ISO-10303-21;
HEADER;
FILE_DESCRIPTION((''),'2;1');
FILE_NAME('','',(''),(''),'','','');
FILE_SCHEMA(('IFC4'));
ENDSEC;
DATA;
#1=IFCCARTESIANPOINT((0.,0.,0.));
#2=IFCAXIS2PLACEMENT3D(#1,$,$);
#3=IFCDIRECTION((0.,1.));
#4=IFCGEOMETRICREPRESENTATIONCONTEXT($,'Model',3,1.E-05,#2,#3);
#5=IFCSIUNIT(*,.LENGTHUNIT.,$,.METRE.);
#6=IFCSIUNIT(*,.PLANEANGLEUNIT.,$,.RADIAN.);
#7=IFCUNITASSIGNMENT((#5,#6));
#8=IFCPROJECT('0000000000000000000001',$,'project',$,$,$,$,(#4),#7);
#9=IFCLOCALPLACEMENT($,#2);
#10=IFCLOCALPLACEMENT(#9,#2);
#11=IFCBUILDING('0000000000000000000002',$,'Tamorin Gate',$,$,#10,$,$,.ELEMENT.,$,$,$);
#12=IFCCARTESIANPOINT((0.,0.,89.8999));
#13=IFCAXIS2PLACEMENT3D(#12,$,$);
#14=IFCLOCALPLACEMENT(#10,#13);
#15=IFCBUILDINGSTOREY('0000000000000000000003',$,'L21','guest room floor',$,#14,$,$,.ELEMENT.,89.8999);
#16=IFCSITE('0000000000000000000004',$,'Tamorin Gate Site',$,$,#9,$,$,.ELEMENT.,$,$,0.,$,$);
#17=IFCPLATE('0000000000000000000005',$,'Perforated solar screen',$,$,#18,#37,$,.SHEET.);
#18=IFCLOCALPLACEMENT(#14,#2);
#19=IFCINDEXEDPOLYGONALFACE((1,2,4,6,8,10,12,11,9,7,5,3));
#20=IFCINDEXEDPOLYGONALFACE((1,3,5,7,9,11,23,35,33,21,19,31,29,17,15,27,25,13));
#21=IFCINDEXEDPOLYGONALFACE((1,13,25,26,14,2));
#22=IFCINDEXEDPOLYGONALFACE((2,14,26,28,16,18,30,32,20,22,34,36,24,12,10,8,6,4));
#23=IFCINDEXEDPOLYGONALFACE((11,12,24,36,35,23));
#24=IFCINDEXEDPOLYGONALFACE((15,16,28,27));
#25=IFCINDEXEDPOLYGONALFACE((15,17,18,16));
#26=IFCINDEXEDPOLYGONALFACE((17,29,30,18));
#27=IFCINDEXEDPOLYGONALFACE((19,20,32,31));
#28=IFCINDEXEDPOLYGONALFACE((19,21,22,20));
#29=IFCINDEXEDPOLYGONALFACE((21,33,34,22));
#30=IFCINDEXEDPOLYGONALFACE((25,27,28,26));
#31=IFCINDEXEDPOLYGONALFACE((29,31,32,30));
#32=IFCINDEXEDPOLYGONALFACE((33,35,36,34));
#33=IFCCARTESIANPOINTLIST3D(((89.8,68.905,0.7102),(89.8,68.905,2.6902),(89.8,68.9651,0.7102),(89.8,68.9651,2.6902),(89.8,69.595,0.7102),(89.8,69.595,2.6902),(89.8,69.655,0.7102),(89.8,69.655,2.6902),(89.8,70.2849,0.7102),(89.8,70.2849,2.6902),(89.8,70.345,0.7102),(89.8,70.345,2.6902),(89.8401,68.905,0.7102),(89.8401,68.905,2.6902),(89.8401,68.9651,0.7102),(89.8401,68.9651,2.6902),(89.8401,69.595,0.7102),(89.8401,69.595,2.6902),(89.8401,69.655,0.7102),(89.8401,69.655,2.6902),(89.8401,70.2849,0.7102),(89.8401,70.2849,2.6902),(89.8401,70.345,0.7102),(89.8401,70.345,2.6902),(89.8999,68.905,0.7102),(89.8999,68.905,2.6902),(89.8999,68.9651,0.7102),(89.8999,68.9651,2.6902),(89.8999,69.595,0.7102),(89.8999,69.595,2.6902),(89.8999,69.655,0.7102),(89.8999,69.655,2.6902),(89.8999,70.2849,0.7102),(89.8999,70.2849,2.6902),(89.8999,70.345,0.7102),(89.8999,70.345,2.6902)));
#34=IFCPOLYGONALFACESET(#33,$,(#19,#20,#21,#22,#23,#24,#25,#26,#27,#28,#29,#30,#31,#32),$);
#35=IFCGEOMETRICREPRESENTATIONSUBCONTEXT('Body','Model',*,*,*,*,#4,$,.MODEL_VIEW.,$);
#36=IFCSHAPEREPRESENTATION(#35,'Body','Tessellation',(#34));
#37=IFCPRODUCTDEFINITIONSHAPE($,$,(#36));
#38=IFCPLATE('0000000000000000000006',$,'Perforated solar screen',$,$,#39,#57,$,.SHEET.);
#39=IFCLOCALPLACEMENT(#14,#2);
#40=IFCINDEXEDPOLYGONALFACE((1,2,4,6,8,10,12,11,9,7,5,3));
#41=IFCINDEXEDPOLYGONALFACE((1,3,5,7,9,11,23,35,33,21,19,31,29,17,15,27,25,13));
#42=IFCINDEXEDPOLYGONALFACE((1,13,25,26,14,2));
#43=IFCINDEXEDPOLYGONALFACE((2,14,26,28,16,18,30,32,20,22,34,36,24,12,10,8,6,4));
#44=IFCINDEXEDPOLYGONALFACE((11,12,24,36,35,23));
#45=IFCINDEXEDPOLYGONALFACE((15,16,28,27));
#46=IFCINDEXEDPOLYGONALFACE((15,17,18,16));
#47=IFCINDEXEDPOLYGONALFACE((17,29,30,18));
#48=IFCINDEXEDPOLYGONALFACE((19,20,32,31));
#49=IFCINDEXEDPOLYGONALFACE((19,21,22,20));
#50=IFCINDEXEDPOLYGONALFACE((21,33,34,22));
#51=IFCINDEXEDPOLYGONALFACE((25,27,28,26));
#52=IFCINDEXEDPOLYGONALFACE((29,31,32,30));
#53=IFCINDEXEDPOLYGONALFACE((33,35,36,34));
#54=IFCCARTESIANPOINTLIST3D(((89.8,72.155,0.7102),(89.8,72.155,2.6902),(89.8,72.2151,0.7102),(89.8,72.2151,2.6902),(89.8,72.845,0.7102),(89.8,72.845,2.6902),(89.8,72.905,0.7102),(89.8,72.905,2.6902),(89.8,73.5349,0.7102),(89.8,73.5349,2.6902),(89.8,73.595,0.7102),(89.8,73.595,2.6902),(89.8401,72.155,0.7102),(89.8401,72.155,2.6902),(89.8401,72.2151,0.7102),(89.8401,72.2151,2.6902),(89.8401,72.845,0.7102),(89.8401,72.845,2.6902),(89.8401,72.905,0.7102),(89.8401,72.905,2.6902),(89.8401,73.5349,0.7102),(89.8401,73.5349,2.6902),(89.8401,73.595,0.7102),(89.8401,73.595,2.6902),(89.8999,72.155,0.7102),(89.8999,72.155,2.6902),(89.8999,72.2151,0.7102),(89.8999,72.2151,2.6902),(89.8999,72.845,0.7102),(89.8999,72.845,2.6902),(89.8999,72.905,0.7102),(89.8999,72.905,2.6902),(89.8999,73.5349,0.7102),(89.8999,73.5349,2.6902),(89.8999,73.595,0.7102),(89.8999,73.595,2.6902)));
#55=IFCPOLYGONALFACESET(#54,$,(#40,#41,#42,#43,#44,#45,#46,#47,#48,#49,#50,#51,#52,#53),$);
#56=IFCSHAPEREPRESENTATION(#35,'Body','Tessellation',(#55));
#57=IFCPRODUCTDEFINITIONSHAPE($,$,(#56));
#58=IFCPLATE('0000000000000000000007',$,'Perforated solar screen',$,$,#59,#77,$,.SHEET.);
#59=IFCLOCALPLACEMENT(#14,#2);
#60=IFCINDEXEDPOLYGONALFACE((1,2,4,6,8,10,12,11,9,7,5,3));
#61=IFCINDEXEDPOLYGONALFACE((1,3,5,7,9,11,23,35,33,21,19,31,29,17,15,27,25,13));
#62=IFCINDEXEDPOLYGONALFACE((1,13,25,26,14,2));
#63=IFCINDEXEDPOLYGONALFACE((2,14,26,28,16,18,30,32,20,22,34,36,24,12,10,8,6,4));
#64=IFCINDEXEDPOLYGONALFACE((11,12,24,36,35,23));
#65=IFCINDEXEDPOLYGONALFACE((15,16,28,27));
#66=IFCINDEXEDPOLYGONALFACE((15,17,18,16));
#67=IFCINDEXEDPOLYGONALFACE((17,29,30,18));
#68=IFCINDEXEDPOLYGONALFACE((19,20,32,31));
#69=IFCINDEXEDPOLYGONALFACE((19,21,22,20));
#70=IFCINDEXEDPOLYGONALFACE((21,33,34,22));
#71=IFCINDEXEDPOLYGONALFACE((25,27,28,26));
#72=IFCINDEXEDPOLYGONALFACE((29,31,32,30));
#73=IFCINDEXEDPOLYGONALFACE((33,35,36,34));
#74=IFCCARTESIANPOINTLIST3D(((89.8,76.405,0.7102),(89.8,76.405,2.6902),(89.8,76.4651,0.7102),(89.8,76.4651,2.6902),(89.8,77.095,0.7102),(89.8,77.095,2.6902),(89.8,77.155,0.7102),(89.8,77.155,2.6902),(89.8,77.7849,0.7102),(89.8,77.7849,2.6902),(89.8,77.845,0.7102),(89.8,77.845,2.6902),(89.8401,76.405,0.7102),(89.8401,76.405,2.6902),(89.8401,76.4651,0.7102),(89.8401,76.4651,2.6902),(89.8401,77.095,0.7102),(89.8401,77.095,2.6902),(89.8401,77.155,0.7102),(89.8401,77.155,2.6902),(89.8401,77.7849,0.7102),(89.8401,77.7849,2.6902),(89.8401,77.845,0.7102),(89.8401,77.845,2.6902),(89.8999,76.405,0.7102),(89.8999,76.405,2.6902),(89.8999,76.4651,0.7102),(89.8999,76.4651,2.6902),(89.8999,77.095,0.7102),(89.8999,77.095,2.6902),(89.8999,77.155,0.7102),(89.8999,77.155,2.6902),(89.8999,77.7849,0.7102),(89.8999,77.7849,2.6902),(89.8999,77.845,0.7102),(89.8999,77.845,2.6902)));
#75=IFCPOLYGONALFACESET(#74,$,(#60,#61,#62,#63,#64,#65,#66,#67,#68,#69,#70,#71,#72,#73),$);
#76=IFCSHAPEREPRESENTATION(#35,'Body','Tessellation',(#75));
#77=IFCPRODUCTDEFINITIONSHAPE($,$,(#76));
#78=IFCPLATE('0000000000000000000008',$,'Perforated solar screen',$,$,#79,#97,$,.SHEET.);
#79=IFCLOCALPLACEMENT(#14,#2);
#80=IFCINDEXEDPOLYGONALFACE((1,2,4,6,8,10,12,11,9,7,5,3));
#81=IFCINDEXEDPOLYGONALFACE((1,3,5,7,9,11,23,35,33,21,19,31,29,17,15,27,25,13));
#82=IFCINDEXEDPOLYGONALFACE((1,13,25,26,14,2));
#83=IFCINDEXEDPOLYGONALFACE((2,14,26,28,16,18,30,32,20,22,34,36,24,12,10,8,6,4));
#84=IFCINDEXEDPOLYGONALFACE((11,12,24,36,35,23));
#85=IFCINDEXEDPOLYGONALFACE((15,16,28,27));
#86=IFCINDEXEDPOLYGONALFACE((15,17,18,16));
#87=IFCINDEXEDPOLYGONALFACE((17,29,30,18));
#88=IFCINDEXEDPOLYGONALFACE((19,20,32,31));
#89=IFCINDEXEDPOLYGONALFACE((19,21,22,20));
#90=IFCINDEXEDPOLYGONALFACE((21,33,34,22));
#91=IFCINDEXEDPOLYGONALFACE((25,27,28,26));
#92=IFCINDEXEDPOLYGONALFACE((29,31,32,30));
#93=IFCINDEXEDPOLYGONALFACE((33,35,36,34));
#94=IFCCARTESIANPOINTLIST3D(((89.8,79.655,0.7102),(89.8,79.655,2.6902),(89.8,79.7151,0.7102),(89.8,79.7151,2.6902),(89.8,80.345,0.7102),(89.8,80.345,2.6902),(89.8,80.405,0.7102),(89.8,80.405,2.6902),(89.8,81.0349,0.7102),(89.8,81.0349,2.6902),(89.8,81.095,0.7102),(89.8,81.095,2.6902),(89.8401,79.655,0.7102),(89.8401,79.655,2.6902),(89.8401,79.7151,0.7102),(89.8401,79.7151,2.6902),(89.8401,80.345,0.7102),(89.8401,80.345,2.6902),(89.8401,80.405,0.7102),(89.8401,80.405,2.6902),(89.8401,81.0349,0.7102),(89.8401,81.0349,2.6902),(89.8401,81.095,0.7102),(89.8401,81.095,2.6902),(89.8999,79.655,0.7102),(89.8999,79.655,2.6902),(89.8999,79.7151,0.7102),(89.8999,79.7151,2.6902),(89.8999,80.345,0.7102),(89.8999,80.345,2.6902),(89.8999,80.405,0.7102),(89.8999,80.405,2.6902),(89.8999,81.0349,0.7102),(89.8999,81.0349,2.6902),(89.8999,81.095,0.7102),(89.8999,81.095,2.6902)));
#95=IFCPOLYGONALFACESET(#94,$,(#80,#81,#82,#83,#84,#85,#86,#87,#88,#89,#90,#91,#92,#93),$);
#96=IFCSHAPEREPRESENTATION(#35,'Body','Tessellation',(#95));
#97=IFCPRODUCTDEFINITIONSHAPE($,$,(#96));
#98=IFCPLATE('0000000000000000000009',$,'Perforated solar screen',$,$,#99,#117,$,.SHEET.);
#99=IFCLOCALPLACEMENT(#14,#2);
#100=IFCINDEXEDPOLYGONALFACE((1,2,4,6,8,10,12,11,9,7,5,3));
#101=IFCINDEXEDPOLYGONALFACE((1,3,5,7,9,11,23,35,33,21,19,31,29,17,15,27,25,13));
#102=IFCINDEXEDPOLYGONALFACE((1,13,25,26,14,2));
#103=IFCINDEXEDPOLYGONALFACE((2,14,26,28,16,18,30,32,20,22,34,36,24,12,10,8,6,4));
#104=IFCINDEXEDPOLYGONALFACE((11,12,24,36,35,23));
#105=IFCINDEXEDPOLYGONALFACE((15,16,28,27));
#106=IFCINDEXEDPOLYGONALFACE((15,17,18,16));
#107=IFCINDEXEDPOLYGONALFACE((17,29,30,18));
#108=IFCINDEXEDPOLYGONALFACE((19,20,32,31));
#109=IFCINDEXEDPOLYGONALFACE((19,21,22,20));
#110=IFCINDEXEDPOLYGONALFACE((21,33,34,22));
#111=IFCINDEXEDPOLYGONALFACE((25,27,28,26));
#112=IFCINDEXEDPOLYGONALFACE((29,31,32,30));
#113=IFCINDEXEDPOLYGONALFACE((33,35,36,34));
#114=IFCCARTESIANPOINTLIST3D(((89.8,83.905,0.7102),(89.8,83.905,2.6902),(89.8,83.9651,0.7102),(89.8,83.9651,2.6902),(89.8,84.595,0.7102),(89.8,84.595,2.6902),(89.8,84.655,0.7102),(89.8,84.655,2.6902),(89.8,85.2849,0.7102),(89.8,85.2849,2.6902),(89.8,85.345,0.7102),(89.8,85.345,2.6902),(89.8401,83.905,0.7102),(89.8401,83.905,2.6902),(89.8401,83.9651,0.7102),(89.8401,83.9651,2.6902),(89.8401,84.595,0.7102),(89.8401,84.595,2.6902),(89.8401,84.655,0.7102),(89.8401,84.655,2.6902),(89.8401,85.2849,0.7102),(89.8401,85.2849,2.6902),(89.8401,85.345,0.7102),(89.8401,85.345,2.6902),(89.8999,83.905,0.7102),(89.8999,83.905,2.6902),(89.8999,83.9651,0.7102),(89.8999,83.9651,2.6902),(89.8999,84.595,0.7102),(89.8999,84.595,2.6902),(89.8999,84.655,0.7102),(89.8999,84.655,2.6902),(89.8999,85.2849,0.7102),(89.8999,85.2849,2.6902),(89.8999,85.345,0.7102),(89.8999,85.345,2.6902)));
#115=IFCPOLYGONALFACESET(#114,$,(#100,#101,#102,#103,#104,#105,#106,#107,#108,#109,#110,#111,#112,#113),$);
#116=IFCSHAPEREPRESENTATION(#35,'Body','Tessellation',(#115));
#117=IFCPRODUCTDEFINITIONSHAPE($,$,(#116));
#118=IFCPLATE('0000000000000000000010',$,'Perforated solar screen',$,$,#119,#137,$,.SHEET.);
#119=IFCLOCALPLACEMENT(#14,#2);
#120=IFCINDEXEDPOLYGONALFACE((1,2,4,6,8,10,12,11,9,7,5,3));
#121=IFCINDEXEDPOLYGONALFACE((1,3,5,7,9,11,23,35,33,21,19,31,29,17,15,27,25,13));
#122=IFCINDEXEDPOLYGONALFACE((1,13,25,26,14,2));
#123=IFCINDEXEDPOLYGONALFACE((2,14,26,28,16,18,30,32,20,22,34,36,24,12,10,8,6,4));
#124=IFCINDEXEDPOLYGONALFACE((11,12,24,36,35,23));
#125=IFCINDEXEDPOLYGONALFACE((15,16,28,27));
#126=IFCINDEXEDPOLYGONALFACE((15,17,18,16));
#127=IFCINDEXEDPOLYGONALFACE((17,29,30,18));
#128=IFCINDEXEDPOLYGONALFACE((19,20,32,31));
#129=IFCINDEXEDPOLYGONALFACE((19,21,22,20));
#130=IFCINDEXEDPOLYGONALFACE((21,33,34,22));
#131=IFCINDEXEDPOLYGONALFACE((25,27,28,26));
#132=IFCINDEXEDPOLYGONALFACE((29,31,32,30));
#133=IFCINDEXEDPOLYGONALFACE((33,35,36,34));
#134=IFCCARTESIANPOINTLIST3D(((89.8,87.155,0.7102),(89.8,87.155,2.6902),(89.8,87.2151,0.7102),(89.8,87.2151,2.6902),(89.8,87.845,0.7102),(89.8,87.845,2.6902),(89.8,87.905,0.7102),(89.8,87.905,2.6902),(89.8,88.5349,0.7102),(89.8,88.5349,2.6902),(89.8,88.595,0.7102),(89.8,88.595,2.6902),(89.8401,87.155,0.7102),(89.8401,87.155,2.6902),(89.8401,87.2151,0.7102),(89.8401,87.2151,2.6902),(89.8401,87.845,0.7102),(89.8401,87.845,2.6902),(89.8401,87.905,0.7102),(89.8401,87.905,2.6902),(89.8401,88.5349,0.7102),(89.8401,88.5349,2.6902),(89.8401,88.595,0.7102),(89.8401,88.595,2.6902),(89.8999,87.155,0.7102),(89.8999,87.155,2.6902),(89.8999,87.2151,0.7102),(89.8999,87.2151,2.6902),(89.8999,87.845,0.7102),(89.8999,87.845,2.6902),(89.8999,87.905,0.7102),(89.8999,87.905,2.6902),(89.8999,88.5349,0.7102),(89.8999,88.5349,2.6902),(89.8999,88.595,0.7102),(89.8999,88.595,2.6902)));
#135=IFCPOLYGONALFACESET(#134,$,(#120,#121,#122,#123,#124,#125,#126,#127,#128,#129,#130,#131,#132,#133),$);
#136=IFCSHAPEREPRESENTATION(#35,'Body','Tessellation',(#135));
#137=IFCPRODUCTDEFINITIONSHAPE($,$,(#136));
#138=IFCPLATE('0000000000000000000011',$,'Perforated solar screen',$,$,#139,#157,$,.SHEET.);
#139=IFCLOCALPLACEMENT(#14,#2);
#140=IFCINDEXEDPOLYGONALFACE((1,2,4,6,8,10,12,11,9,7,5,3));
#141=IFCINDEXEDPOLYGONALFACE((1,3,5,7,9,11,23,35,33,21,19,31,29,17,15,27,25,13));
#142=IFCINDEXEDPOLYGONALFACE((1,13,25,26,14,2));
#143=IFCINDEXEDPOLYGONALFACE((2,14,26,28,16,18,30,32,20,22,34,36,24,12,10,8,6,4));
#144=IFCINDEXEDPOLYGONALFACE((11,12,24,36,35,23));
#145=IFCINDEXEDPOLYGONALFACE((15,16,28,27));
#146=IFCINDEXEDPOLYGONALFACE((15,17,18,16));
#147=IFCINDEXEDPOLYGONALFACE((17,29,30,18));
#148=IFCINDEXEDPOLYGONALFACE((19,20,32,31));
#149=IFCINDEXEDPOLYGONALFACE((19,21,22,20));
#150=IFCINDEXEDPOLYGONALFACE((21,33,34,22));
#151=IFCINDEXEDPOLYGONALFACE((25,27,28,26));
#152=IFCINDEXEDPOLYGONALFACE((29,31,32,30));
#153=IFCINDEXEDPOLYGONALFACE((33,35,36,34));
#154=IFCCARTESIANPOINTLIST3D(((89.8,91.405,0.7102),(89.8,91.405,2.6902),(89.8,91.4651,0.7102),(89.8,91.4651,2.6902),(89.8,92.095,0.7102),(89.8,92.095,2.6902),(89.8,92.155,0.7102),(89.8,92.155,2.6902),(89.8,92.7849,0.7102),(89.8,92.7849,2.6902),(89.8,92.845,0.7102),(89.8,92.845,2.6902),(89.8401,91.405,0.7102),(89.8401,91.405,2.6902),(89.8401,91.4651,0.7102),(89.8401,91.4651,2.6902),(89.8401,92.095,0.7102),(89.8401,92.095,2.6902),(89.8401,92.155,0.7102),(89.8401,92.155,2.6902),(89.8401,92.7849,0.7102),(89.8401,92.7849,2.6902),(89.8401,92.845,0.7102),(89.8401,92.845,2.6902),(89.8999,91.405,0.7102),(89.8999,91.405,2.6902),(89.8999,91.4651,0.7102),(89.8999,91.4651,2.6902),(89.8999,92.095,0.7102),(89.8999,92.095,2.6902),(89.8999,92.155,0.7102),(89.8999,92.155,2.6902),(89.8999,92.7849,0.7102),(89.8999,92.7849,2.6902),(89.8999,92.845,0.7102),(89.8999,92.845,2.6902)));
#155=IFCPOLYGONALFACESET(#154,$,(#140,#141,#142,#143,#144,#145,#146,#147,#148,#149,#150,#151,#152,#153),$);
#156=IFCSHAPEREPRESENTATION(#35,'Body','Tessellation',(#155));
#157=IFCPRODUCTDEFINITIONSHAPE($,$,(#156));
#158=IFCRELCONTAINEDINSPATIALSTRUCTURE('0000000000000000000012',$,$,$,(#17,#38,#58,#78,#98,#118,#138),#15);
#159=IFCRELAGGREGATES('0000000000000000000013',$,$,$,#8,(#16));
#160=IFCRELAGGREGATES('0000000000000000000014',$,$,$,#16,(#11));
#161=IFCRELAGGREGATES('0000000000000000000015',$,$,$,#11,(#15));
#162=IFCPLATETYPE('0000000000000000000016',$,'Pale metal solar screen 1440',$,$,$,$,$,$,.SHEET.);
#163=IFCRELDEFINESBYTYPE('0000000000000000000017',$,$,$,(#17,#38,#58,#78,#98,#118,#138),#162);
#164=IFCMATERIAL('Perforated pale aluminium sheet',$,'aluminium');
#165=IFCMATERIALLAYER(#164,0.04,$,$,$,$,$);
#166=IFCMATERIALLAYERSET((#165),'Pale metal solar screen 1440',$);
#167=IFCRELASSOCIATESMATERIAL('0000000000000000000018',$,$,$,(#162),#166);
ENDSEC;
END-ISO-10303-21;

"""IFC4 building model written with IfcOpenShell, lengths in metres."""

from ifc_helpers import new_model, si_unit, direction, frame, origin, place, context, subcontext, project, spatial, polyline, outline, extrude, material, layer, layer_set, type_object, element, save


model = new_model("IFC4")

# Units and contexts
model_context = context("Model", 3, precision=1e-05, world=origin(), true_north=direction((0.0, 1.0)))
body_context = subcontext(model_context, "Body", "Model", "MODEL_VIEW")
ifc_project = project(units=[si_unit("LENGTHUNIT", "METRE"), si_unit("PLANEANGLEUNIT", "RADIAN")], contexts=[model_context])

# Site, building, storey
site_placement = place(None, origin())
site = spatial("IfcSite", under=ifc_project, at=site_placement, Name="Tamorin Gate Site", CompositionType="ELEMENT", RefElevation=0.0)
building_placement = place(site_placement, origin())
building = spatial("IfcBuilding", under=site, at=building_placement, Name="Tamorin Gate", CompositionType="ELEMENT")
storey_placement = place(building_placement, frame((0.0, 0.0, 89.8999)))
storey = spatial("IfcBuildingStorey", under=building, at=storey_placement, Name="L21", Description="guest room floor", CompositionType="ELEMENT", Elevation=89.8999)

# Plates
ifc_material = material(Name="Perforated pale aluminium sheet", Category="aluminium")
ifc_layer = layer(ifc_material, 0.04)
ifc_layer_set = layer_set([ifc_layer], Name="Pale metal solar screen 1440")
plate_type = type_object("IfcPlateType", Name="Pale metal solar screen 1440", PredefinedType="SHEET", material=ifc_layer_set)
plate_1_placement = place(storey_placement, frame((0.0, 0.0, 0.7102)))
element("IfcPlate", 1, at=plate_1_placement, inside=storey, type_object=plate_type, Name="Perforated solar screen", PredefinedType="SHEET", context=body_context, shape_type="SweptSolid", body=[
    extrude(outline(polyline([(89.8401, 68.905), (89.8, 68.905), (89.8, 68.9651), (89.8, 69.595), (89.8, 69.655), (89.8, 70.2849), (89.8, 70.345), (89.8401, 70.345), (89.8999, 70.345), (89.8999, 70.2849), (89.8401, 70.2849), (89.8401, 69.655), (89.8999, 69.655), (89.8999, 69.595), (89.8401, 69.595), (89.8401, 68.9651), (89.8999, 68.9651), (89.8999, 68.905), (89.8401, 68.905)])), origin(), (0.0, 0.0, 1.0), 1.98),
])
plate_2_placement = place(storey_placement, frame((0.0, 0.0, 0.7102)))
element("IfcPlate", 2, at=plate_2_placement, inside=storey, type_object=plate_type, Name="Perforated solar screen", PredefinedType="SHEET", context=body_context, shape_type="SweptSolid", body=[
    extrude(outline(polyline([(89.8401, 72.155), (89.8, 72.155), (89.8, 72.2151), (89.8, 72.845), (89.8, 72.905), (89.8, 73.5349), (89.8, 73.595), (89.8401, 73.595), (89.8999, 73.595), (89.8999, 73.5349), (89.8401, 73.5349), (89.8401, 72.905), (89.8999, 72.905), (89.8999, 72.845), (89.8401, 72.845), (89.8401, 72.2151), (89.8999, 72.2151), (89.8999, 72.155), (89.8401, 72.155)])), origin(), (0.0, 0.0, 1.0), 1.98),
])
plate_3_placement = place(storey_placement, frame((0.0, 0.0, 0.7102)))
element("IfcPlate", 3, at=plate_3_placement, inside=storey, type_object=plate_type, Name="Perforated solar screen", PredefinedType="SHEET", context=body_context, shape_type="SweptSolid", body=[
    extrude(outline(polyline([(89.8401, 76.405), (89.8, 76.405), (89.8, 76.4651), (89.8, 77.095), (89.8, 77.155), (89.8, 77.7849), (89.8, 77.845), (89.8401, 77.845), (89.8999, 77.845), (89.8999, 77.7849), (89.8401, 77.7849), (89.8401, 77.155), (89.8999, 77.155), (89.8999, 77.095), (89.8401, 77.095), (89.8401, 76.4651), (89.8999, 76.4651), (89.8999, 76.405), (89.8401, 76.405)])), origin(), (0.0, 0.0, 1.0), 1.98),
])
plate_4_placement = place(storey_placement, frame((0.0, 0.0, 0.7102)))
element("IfcPlate", 4, at=plate_4_placement, inside=storey, type_object=plate_type, Name="Perforated solar screen", PredefinedType="SHEET", context=body_context, shape_type="SweptSolid", body=[
    extrude(outline(polyline([(89.8401, 79.655), (89.8, 79.655), (89.8, 79.7151), (89.8, 80.345), (89.8, 80.405), (89.8, 81.0349), (89.8, 81.095), (89.8401, 81.095), (89.8999, 81.095), (89.8999, 81.0349), (89.8401, 81.0349), (89.8401, 80.405), (89.8999, 80.405), (89.8999, 80.345), (89.8401, 80.345), (89.8401, 79.7151), (89.8999, 79.7151), (89.8999, 79.655), (89.8401, 79.655)])), origin(), (0.0, 0.0, 1.0), 1.98),
])
plate_5_placement = place(storey_placement, frame((0.0, 0.0, 0.7102)))
element("IfcPlate", 5, at=plate_5_placement, inside=storey, type_object=plate_type, Name="Perforated solar screen", PredefinedType="SHEET", context=body_context, shape_type="SweptSolid", body=[
    extrude(outline(polyline([(89.8401, 83.905), (89.8, 83.905), (89.8, 83.9651), (89.8, 84.595), (89.8, 84.655), (89.8, 85.2849), (89.8, 85.345), (89.8401, 85.345), (89.8999, 85.345), (89.8999, 85.2849), (89.8401, 85.2849), (89.8401, 84.655), (89.8999, 84.655), (89.8999, 84.595), (89.8401, 84.595), (89.8401, 83.9651), (89.8999, 83.9651), (89.8999, 83.905), (89.8401, 83.905)])), origin(), (0.0, 0.0, 1.0), 1.98),
])
plate_6_placement = place(storey_placement, frame((0.0, 0.0, 0.7102)))
element("IfcPlate", 6, at=plate_6_placement, inside=storey, type_object=plate_type, Name="Perforated solar screen", PredefinedType="SHEET", context=body_context, shape_type="SweptSolid", body=[
    extrude(outline(polyline([(89.8401, 87.155), (89.8, 87.155), (89.8, 87.2151), (89.8, 87.845), (89.8, 87.905), (89.8, 88.5349), (89.8, 88.595), (89.8401, 88.595), (89.8999, 88.595), (89.8999, 88.5349), (89.8401, 88.5349), (89.8401, 87.905), (89.8999, 87.905), (89.8999, 87.845), (89.8401, 87.845), (89.8401, 87.2151), (89.8999, 87.2151), (89.8999, 87.155), (89.8401, 87.155)])), origin(), (0.0, 0.0, 1.0), 1.98),
])
plate_7_placement = place(storey_placement, frame((0.0, 0.0, 0.7102)))
element("IfcPlate", 7, at=plate_7_placement, inside=storey, type_object=plate_type, Name="Perforated solar screen", PredefinedType="SHEET", context=body_context, shape_type="SweptSolid", body=[
    extrude(outline(polyline([(89.8401, 91.405), (89.8, 91.405), (89.8, 91.4651), (89.8, 92.095), (89.8, 92.155), (89.8, 92.7849), (89.8, 92.845), (89.8401, 92.845), (89.8999, 92.845), (89.8999, 92.7849), (89.8401, 92.7849), (89.8401, 92.155), (89.8999, 92.155), (89.8999, 92.095), (89.8401, 92.095), (89.8401, 91.4651), (89.8999, 91.4651), (89.8999, 91.405), (89.8401, 91.405)])), origin(), (0.0, 0.0, 1.0), 1.98),
])

save(model, "model.ifc")
